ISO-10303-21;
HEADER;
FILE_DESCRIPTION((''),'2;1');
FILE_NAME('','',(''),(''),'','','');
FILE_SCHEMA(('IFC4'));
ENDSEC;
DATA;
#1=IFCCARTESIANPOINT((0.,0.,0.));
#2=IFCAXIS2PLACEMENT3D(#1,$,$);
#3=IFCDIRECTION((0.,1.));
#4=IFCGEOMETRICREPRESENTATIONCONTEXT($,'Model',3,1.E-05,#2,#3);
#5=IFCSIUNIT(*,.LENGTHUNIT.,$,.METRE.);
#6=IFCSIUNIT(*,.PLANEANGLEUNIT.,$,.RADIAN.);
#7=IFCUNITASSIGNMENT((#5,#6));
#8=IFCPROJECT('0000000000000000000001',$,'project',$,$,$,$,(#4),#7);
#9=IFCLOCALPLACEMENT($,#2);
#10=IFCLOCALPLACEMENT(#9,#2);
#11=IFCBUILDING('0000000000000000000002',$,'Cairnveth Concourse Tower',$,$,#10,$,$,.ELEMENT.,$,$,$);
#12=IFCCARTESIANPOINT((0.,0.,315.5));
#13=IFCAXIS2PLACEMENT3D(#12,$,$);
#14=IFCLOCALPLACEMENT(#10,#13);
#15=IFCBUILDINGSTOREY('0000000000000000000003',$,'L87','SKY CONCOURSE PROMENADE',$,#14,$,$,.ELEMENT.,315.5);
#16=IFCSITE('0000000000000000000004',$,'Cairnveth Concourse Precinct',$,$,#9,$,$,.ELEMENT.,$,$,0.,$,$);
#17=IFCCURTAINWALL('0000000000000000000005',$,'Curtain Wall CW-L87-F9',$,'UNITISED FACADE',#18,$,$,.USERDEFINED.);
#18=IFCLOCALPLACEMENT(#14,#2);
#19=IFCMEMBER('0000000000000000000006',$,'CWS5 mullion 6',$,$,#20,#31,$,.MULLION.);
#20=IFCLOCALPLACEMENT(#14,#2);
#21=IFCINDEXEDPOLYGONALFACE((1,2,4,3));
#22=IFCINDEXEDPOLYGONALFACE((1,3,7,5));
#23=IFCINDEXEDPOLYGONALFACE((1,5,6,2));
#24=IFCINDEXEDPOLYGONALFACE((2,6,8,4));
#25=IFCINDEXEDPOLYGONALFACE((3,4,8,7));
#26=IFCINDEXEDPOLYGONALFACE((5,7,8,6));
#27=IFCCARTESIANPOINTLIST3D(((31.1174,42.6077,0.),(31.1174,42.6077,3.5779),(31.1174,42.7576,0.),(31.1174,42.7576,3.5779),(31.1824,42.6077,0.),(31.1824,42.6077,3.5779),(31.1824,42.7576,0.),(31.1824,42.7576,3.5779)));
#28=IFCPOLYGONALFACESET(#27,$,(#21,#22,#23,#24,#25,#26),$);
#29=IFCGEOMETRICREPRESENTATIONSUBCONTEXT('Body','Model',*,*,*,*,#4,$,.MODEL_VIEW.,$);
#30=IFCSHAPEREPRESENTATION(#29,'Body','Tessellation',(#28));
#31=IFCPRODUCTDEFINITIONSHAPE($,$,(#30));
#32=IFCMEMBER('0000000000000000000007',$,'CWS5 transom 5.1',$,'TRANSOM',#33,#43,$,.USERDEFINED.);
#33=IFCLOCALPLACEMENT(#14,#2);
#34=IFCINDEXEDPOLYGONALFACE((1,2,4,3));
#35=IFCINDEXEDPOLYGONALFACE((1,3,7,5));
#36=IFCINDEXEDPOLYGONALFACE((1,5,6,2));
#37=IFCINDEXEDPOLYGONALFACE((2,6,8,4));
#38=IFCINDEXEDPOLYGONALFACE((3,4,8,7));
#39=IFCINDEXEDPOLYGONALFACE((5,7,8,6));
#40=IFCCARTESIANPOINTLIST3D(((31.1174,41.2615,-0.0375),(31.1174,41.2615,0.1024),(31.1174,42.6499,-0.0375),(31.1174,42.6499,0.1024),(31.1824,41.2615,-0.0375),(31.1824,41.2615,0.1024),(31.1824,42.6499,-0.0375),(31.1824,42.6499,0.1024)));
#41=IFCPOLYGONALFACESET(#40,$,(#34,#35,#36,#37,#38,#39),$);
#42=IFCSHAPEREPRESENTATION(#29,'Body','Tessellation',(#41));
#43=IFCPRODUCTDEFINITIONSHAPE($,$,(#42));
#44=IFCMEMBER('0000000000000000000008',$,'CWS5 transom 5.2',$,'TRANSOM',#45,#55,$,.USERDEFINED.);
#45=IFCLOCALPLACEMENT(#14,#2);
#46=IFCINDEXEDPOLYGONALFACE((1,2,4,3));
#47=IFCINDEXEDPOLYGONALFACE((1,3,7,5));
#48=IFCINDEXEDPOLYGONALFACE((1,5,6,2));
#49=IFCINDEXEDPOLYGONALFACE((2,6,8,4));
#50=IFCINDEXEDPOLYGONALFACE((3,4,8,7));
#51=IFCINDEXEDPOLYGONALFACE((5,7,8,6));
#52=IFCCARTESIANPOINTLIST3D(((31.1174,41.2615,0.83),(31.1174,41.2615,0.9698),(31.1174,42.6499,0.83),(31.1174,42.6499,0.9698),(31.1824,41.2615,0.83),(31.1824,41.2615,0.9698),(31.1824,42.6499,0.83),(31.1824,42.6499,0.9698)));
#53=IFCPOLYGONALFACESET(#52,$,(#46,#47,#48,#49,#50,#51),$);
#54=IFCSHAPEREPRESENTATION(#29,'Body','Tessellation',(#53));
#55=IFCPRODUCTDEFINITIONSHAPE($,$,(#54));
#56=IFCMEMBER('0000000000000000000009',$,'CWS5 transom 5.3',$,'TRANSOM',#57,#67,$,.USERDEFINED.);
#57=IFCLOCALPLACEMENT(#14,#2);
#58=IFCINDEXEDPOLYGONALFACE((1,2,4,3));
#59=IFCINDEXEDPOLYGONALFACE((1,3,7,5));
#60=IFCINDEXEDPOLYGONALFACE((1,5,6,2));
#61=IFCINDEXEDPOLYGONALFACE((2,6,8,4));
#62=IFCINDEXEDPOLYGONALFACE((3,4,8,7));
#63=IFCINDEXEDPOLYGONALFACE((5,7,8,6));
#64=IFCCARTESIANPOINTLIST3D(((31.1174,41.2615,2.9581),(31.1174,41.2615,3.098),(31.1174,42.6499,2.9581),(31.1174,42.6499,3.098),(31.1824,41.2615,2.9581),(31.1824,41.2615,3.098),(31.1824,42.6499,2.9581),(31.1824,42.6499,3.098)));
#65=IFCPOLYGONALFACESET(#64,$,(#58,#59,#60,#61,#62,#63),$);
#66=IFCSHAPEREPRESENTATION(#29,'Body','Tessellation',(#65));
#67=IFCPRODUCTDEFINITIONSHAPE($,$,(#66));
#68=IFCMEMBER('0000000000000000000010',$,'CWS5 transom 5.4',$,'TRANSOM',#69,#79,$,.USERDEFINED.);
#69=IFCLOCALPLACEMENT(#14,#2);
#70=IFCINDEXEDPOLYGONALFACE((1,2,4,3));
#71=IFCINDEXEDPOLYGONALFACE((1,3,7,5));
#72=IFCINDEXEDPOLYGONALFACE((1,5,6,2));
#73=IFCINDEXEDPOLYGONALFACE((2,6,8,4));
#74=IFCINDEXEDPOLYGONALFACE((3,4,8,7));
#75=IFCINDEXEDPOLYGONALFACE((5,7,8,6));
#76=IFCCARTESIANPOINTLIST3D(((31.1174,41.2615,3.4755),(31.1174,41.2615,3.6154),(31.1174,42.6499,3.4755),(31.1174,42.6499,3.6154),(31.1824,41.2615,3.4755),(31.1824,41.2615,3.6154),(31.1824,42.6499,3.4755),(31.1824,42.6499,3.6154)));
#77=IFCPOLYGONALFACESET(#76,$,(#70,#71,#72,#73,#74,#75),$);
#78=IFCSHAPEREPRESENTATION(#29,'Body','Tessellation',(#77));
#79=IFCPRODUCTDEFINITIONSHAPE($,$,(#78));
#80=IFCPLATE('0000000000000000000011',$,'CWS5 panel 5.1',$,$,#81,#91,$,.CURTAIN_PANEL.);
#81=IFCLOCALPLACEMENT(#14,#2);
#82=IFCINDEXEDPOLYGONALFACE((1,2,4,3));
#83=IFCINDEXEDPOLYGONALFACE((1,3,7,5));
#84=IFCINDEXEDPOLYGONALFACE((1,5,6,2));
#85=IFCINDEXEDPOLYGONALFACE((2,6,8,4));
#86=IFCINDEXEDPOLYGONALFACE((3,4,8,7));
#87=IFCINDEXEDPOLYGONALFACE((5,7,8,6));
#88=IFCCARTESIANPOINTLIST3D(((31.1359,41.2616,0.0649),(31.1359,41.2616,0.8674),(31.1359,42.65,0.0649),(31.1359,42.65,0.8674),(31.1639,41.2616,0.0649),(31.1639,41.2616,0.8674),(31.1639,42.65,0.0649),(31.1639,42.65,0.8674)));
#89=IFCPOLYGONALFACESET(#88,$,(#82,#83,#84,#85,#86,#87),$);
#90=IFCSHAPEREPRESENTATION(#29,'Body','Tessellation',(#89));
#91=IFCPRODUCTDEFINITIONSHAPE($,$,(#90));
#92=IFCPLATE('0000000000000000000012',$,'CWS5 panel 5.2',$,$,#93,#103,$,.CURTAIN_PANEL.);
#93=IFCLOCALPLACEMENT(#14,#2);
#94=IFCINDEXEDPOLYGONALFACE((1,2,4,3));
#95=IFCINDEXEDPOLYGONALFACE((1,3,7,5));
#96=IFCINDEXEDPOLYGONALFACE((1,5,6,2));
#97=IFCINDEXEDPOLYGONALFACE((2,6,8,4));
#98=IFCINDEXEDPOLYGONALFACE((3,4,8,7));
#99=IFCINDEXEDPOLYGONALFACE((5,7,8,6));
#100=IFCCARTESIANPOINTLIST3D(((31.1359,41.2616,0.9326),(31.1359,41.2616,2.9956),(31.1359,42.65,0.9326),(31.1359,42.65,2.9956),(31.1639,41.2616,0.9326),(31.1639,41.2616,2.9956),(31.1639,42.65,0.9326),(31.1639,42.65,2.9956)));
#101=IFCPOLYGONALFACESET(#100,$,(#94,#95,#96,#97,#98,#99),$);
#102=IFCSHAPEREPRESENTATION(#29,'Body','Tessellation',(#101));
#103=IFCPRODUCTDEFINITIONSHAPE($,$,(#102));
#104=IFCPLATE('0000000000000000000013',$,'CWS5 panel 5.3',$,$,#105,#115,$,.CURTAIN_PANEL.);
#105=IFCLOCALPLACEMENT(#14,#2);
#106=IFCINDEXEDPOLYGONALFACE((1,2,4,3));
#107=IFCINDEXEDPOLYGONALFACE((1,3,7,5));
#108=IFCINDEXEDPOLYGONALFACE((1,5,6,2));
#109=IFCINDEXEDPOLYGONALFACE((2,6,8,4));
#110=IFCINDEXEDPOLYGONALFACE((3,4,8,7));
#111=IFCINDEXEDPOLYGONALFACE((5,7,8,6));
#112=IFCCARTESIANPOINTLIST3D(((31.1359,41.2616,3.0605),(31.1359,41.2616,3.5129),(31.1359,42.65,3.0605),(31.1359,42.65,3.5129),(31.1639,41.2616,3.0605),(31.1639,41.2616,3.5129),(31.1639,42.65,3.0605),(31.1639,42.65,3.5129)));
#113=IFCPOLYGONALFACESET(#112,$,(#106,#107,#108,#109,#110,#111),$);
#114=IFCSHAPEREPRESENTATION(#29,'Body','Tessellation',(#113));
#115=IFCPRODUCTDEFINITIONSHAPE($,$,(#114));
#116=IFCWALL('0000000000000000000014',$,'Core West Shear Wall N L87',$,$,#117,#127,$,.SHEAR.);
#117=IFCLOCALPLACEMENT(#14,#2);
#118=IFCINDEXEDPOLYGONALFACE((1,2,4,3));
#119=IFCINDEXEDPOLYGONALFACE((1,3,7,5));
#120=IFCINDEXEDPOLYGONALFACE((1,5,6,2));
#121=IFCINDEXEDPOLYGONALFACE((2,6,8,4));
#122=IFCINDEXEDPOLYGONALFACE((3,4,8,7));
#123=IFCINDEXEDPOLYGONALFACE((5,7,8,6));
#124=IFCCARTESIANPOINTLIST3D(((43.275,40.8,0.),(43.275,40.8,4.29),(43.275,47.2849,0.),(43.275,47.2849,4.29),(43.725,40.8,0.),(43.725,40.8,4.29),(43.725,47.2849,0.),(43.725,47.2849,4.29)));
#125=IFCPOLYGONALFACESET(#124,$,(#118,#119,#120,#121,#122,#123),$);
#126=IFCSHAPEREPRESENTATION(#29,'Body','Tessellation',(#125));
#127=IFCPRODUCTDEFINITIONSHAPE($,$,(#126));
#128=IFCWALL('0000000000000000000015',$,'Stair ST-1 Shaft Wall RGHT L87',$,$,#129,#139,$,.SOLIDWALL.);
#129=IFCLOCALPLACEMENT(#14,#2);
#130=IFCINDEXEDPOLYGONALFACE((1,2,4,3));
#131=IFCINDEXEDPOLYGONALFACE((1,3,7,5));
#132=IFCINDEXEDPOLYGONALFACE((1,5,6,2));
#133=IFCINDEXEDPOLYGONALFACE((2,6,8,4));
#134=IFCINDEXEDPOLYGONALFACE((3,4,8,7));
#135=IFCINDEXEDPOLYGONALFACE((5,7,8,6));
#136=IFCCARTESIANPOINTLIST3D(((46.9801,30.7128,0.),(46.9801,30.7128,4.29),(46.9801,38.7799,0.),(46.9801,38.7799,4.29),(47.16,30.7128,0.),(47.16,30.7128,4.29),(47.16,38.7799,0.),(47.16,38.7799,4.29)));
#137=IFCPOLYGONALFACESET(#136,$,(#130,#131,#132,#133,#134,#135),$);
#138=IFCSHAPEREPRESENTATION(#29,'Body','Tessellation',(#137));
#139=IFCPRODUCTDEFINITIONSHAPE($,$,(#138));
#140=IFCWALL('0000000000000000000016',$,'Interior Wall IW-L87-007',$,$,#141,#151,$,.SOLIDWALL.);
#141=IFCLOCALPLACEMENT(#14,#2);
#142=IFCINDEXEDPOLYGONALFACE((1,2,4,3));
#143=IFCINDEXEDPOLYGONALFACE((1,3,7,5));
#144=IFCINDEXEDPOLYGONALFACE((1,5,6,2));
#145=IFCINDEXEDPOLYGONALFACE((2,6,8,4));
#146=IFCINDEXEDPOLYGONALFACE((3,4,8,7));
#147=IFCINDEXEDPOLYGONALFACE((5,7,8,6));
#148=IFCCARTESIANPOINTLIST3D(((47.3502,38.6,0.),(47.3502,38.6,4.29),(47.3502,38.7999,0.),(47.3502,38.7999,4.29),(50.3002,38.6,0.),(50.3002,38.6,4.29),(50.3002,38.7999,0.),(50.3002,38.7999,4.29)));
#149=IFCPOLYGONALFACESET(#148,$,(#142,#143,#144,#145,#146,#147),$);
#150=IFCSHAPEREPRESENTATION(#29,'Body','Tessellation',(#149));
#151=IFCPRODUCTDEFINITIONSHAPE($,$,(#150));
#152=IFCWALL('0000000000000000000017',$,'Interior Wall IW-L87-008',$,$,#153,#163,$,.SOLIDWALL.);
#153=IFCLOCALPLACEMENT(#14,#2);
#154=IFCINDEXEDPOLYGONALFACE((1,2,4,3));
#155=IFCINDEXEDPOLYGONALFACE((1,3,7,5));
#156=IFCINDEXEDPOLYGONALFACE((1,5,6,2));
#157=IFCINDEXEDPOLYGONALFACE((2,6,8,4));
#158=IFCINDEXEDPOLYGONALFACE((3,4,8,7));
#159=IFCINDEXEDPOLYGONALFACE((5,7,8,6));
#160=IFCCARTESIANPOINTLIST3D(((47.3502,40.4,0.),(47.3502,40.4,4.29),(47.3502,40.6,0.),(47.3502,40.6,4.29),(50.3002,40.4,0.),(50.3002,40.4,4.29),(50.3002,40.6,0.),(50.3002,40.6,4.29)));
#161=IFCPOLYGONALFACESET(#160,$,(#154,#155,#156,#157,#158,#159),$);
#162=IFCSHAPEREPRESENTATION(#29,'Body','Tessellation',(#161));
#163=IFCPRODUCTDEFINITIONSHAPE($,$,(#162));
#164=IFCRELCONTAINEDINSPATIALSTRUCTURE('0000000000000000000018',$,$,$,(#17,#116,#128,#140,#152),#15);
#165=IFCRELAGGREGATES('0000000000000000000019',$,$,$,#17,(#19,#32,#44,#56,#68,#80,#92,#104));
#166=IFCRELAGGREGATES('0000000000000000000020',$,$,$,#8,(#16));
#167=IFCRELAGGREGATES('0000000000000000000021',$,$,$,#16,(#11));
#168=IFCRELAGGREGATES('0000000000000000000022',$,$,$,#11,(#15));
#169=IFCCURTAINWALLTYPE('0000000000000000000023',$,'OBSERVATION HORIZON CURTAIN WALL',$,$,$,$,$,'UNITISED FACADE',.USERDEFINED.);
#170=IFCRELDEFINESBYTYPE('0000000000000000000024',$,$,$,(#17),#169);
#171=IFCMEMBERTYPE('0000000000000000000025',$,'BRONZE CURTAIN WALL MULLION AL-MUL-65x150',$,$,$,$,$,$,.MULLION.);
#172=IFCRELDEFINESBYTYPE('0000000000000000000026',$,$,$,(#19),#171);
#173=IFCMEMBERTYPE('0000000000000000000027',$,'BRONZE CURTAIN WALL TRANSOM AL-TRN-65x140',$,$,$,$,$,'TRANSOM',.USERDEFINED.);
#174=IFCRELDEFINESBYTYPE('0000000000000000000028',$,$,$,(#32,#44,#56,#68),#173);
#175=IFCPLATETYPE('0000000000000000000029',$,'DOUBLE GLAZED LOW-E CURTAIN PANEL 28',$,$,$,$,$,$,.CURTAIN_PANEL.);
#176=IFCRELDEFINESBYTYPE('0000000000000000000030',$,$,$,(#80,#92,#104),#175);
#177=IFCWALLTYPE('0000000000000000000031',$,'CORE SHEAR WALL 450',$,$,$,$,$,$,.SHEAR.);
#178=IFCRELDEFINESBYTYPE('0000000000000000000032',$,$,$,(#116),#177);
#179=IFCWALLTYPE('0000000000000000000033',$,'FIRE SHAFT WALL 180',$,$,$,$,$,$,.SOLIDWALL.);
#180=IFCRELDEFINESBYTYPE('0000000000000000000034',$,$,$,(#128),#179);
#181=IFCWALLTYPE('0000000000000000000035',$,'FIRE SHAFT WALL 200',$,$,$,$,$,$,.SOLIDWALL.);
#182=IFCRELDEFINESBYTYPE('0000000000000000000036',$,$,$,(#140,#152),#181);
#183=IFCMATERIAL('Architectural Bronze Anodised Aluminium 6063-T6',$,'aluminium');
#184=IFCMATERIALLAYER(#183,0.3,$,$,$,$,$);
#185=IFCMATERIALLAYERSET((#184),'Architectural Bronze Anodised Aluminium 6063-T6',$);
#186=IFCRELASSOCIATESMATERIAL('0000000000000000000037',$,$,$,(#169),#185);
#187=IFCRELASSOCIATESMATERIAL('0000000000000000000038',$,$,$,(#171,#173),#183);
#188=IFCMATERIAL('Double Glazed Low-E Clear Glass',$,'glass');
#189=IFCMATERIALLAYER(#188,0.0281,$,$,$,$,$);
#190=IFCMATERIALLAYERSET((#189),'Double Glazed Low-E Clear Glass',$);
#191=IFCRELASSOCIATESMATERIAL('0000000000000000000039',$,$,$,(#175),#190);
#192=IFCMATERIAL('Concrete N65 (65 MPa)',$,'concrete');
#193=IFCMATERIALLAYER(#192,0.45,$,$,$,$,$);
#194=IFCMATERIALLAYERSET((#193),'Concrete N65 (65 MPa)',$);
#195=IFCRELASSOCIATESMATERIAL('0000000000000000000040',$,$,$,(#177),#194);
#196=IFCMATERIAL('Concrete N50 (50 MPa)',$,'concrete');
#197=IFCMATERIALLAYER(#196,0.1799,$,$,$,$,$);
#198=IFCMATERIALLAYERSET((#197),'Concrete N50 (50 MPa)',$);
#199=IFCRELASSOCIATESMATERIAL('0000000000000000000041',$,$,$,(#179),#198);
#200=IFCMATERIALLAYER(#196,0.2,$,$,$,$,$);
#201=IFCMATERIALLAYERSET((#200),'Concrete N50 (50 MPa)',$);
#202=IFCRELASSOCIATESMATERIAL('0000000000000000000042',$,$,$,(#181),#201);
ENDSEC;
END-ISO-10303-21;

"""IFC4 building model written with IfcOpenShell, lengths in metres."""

from ifc_helpers import new_model, si_unit, direction, frame, frame_2d, origin, origin_2d, place, context, subcontext, project, spatial, rectangle, extrude, material, layer, layer_set, material_profile, profile_set, type_object, element, aggregate, save


model = new_model("IFC4")

# Units and contexts
model_context = context("Model", 3, precision=1e-05, world=origin(), true_north=direction((0.0, 1.0)))
body_context = subcontext(model_context, "Body", "Model", "MODEL_VIEW")
ifc_project = project(units=[si_unit("LENGTHUNIT", "METRE"), si_unit("PLANEANGLEUNIT", "RADIAN")], contexts=[model_context])

# Site, building, storey
site_placement = place(None, origin())
site = spatial("IfcSite", under=ifc_project, at=site_placement, Name="Cairnveth Concourse Precinct", CompositionType="ELEMENT", RefElevation=0.0)
building_placement = place(site_placement, origin())
building = spatial("IfcBuilding", under=site, at=building_placement, Name="Cairnveth Concourse Tower", CompositionType="ELEMENT")
storey_placement = place(building_placement, frame((0.0, 0.0, 315.5)))
storey = spatial("IfcBuildingStorey", under=building, at=storey_placement, Name="L87", Description="SKY CONCOURSE PROMENADE", CompositionType="ELEMENT", Elevation=315.5)

# Curtain wall, members, plates
ifc_material_1 = material(Name="Architectural Bronze Anodised Aluminium 6063-T6", Category="aluminium")
ifc_layer_1 = layer(ifc_material_1, 0.3)
ifc_layer_set_1 = layer_set([ifc_layer_1], Name="Architectural Bronze Anodised Aluminium 6063-T6")
curtain_wall_type = type_object("IfcCurtainWallType", Name="OBSERVATION HORIZON CURTAIN WALL", ElementType="UNITISED FACADE", PredefinedType="USERDEFINED", material=ifc_layer_set_1)
curtain_wall_placement = place(storey_placement, origin())
curtain_wall = element("IfcCurtainWall", 1, at=curtain_wall_placement, inside=storey, type_object=curtain_wall_type, Name="Curtain Wall CW-L87-F9", ObjectType="UNITISED FACADE", PredefinedType="USERDEFINED")
ifc_material_profile_1 = material_profile(ifc_material_1, rectangle(XDim=0.0649, YDim=0.1499, at=origin_2d()), Name="AL-MUL-65x150")
ifc_profile_set_1 = profile_set([ifc_material_profile_1], Name="Architectural Bronze Anodised Aluminium 6063-T6")
member_type_1 = type_object("IfcMemberType", Name="BRONZE CURTAIN WALL MULLION AL-MUL-65x150", PredefinedType="MULLION", material=ifc_profile_set_1)
member_1_placement = place(storey_placement, frame((31.1499, 42.6826, 0.0), z_axis=(0.0, 0.0, 1.0), x_axis=(-1.0, 0.0, 0.0)))
member_1 = element("IfcMember", 2, at=member_1_placement, type_object=member_type_1, Name="CWS5 mullion 6", PredefinedType="MULLION", context=body_context, shape_type="SweptSolid", body=[
    extrude(rectangle(XDim=0.0649, YDim=0.1499, at=origin_2d()), origin(), (0.0, 0.0, 1.0), 3.5779),
])
ifc_material_profile_2 = material_profile(ifc_material_1, rectangle(XDim=0.0649, YDim=0.1399, at=origin_2d()), Name="AL-TRN-65x140")
ifc_profile_set_2 = profile_set([ifc_material_profile_2], Name="Architectural Bronze Anodised Aluminium 6063-T6")
member_type_2 = type_object("IfcMemberType", Name="BRONZE CURTAIN WALL TRANSOM AL-TRN-65x140", ElementType="TRANSOM", PredefinedType="USERDEFINED", material=ifc_profile_set_2)
member_2_placement = place(storey_placement, frame((31.1499, 41.2615, 0.0325), z_axis=(0.0, 1.0, 0.0), x_axis=(-1.0, 0.0, 0.0)))
member_2 = element("IfcMember", 3, at=member_2_placement, type_object=member_type_2, Name="CWS5 transom 5.1", ObjectType="TRANSOM", PredefinedType="USERDEFINED", context=body_context, shape_type="SweptSolid", body=[
    extrude(rectangle(XDim=0.0649, YDim=0.1399, at=origin_2d()), origin(), (0.0, 0.0, 1.0), 1.3884),
])
member_3_placement = place(storey_placement, frame((31.1499, 41.2615, 0.8999), z_axis=(0.0, 1.0, 0.0), x_axis=(-1.0, 0.0, 0.0)))
member_3 = element("IfcMember", 4, at=member_3_placement, type_object=member_type_2, Name="CWS5 transom 5.2", ObjectType="TRANSOM", PredefinedType="USERDEFINED", context=body_context, shape_type="SweptSolid", body=[
    extrude(rectangle(XDim=0.0649, YDim=0.1399, at=origin_2d()), origin(), (0.0, 0.0, 1.0), 1.3884),
])
member_4_placement = place(storey_placement, frame((31.1499, 41.2615, 3.0281), z_axis=(0.0, 1.0, 0.0), x_axis=(-1.0, 0.0, 0.0)))
member_4 = element("IfcMember", 5, at=member_4_placement, type_object=member_type_2, Name="CWS5 transom 5.3", ObjectType="TRANSOM", PredefinedType="USERDEFINED", context=body_context, shape_type="SweptSolid", body=[
    extrude(rectangle(XDim=0.0649, YDim=0.1399, at=origin_2d()), origin(), (0.0, 0.0, 1.0), 1.3884),
])
member_5_placement = place(storey_placement, frame((31.1499, 41.2615, 3.5454), z_axis=(0.0, 1.0, 0.0), x_axis=(-1.0, 0.0, 0.0)))
member_5 = element("IfcMember", 6, at=member_5_placement, type_object=member_type_2, Name="CWS5 transom 5.4", ObjectType="TRANSOM", PredefinedType="USERDEFINED", context=body_context, shape_type="SweptSolid", body=[
    extrude(rectangle(XDim=0.0649, YDim=0.1399, at=origin_2d()), origin(), (0.0, 0.0, 1.0), 1.3884),
])
ifc_material_2 = material(Name="Double Glazed Low-E Clear Glass", Category="glass")
ifc_layer_2 = layer(ifc_material_2, 0.0281)
ifc_layer_set_2 = layer_set([ifc_layer_2], Name="Double Glazed Low-E Clear Glass")
plate_type = type_object("IfcPlateType", Name="DOUBLE GLAZED LOW-E CURTAIN PANEL 28", PredefinedType="CURTAIN_PANEL", material=ifc_layer_set_2)
plate_1_placement = place(storey_placement, frame((31.1499, 41.9558, 0.0649), z_axis=(0.0, 0.0, 1.0), x_axis=(0.0, 1.0, 0.0)))
plate_1 = element("IfcPlate", 7, at=plate_1_placement, type_object=plate_type, Name="CWS5 panel 5.1", PredefinedType="CURTAIN_PANEL", context=body_context, shape_type="SweptSolid", body=[
    extrude(rectangle(XDim=1.3884, YDim=0.0281, at=origin_2d()), origin(), (0.0, 0.0, 1.0), 0.8025),
])
plate_2_placement = place(storey_placement, frame((31.1499, 41.9558, 0.9326), z_axis=(0.0, 0.0, 1.0), x_axis=(0.0, 1.0, 0.0)))
plate_2 = element("IfcPlate", 8, at=plate_2_placement, type_object=plate_type, Name="CWS5 panel 5.2", PredefinedType="CURTAIN_PANEL", context=body_context, shape_type="SweptSolid", body=[
    extrude(rectangle(XDim=1.3884, YDim=0.0281, at=origin_2d()), origin(), (0.0, 0.0, 1.0), 2.063),
])
plate_3_placement = place(storey_placement, frame((31.1499, 41.9558, 3.0605), z_axis=(0.0, 0.0, 1.0), x_axis=(0.0, 1.0, 0.0)))
plate_3 = element("IfcPlate", 9, at=plate_3_placement, type_object=plate_type, Name="CWS5 panel 5.3", PredefinedType="CURTAIN_PANEL", context=body_context, shape_type="SweptSolid", body=[
    extrude(rectangle(XDim=1.3884, YDim=0.0281, at=origin_2d()), origin(), (0.0, 0.0, 1.0), 0.4524),
])
aggregate(curtain_wall, [member_1, member_2, member_3, member_4, member_5, plate_1, plate_2, plate_3])

# Wall
ifc_material_3 = material(Name="Concrete N65 (65 MPa)", Category="concrete")
ifc_layer_3 = layer(ifc_material_3, 0.45)
ifc_layer_set_3 = layer_set([ifc_layer_3], Name="Concrete N65 (65 MPa)")
wall_type_1 = type_object("IfcWallType", Name="CORE SHEAR WALL 450", PredefinedType="SHEAR", material=ifc_layer_set_3)
wall_1_placement = place(storey_placement, frame((43.5, 40.8, 0.0), z_axis=(0.0, 0.0, 1.0), x_axis=(0.0, 1.0, 0.0)))
element("IfcWall", 10, at=wall_1_placement, inside=storey, type_object=wall_type_1, Name="Core West Shear Wall N L87", PredefinedType="SHEAR", context=body_context, shape_type="SweptSolid", body=[
    extrude(rectangle(XDim=6.4849, YDim=0.45, at=frame_2d((3.2424, 0.0))), origin(), (0.0, 0.0, 1.0), 4.29),
])

# Shared definitions
ifc_material_4 = material(Name="Concrete N50 (50 MPa)", Category="concrete")
ifc_layer_4 = layer(ifc_material_4, 0.1799)
ifc_layer_set_4 = layer_set([ifc_layer_4], Name="Concrete N50 (50 MPa)")
wall_type_2 = type_object("IfcWallType", Name="FIRE SHAFT WALL 180", PredefinedType="SOLIDWALL", material=ifc_layer_set_4)

# Walls
wall_2_placement = place(storey_placement, frame((47.0701, 38.78, 0.0), z_axis=(0.0, 0.0, 1.0), x_axis=(0.0, -1.0, 0.0)))
element("IfcWall", 11, at=wall_2_placement, inside=storey, type_object=wall_type_2, Name="Stair ST-1 Shaft Wall RGHT L87", PredefinedType="SOLIDWALL", context=body_context, shape_type="SweptSolid", body=[
    extrude(rectangle(XDim=8.0671, YDim=0.1799, at=frame_2d((4.0337, 0.0))), origin(), (0.0, 0.0, 1.0), 4.29),
])
ifc_layer_5 = layer(ifc_material_4, 0.2)
ifc_layer_set_5 = layer_set([ifc_layer_5], Name="Concrete N50 (50 MPa)")
wall_type_3 = type_object("IfcWallType", Name="FIRE SHAFT WALL 200", PredefinedType="SOLIDWALL", material=ifc_layer_set_5)
for number, where, z_axis, x_axis, name in (
    (12, (47.3501, 38.7, 0.0), (0.0, 0.0, 1.0), (1.0, 0.0, 0.0), "Interior Wall IW-L87-007"),
    (13, (47.3501, 40.5, 0.0), (0.0, 0.0, 1.0), (1.0, 0.0, 0.0), "Interior Wall IW-L87-008"),
):
    element("IfcWall", number, at=place(storey_placement, frame(where, z_axis=z_axis, x_axis=x_axis)), inside=storey, type_object=wall_type_3, Name=name, PredefinedType="SOLIDWALL", context=body_context, shape_type="SweptSolid", body=[
        extrude(rectangle(XDim=2.95, YDim=0.2, at=frame_2d((1.4751, 0.0))), origin(), (0.0, 0.0, 1.0), 4.29),
    ])

save(model, "model.ifc")
